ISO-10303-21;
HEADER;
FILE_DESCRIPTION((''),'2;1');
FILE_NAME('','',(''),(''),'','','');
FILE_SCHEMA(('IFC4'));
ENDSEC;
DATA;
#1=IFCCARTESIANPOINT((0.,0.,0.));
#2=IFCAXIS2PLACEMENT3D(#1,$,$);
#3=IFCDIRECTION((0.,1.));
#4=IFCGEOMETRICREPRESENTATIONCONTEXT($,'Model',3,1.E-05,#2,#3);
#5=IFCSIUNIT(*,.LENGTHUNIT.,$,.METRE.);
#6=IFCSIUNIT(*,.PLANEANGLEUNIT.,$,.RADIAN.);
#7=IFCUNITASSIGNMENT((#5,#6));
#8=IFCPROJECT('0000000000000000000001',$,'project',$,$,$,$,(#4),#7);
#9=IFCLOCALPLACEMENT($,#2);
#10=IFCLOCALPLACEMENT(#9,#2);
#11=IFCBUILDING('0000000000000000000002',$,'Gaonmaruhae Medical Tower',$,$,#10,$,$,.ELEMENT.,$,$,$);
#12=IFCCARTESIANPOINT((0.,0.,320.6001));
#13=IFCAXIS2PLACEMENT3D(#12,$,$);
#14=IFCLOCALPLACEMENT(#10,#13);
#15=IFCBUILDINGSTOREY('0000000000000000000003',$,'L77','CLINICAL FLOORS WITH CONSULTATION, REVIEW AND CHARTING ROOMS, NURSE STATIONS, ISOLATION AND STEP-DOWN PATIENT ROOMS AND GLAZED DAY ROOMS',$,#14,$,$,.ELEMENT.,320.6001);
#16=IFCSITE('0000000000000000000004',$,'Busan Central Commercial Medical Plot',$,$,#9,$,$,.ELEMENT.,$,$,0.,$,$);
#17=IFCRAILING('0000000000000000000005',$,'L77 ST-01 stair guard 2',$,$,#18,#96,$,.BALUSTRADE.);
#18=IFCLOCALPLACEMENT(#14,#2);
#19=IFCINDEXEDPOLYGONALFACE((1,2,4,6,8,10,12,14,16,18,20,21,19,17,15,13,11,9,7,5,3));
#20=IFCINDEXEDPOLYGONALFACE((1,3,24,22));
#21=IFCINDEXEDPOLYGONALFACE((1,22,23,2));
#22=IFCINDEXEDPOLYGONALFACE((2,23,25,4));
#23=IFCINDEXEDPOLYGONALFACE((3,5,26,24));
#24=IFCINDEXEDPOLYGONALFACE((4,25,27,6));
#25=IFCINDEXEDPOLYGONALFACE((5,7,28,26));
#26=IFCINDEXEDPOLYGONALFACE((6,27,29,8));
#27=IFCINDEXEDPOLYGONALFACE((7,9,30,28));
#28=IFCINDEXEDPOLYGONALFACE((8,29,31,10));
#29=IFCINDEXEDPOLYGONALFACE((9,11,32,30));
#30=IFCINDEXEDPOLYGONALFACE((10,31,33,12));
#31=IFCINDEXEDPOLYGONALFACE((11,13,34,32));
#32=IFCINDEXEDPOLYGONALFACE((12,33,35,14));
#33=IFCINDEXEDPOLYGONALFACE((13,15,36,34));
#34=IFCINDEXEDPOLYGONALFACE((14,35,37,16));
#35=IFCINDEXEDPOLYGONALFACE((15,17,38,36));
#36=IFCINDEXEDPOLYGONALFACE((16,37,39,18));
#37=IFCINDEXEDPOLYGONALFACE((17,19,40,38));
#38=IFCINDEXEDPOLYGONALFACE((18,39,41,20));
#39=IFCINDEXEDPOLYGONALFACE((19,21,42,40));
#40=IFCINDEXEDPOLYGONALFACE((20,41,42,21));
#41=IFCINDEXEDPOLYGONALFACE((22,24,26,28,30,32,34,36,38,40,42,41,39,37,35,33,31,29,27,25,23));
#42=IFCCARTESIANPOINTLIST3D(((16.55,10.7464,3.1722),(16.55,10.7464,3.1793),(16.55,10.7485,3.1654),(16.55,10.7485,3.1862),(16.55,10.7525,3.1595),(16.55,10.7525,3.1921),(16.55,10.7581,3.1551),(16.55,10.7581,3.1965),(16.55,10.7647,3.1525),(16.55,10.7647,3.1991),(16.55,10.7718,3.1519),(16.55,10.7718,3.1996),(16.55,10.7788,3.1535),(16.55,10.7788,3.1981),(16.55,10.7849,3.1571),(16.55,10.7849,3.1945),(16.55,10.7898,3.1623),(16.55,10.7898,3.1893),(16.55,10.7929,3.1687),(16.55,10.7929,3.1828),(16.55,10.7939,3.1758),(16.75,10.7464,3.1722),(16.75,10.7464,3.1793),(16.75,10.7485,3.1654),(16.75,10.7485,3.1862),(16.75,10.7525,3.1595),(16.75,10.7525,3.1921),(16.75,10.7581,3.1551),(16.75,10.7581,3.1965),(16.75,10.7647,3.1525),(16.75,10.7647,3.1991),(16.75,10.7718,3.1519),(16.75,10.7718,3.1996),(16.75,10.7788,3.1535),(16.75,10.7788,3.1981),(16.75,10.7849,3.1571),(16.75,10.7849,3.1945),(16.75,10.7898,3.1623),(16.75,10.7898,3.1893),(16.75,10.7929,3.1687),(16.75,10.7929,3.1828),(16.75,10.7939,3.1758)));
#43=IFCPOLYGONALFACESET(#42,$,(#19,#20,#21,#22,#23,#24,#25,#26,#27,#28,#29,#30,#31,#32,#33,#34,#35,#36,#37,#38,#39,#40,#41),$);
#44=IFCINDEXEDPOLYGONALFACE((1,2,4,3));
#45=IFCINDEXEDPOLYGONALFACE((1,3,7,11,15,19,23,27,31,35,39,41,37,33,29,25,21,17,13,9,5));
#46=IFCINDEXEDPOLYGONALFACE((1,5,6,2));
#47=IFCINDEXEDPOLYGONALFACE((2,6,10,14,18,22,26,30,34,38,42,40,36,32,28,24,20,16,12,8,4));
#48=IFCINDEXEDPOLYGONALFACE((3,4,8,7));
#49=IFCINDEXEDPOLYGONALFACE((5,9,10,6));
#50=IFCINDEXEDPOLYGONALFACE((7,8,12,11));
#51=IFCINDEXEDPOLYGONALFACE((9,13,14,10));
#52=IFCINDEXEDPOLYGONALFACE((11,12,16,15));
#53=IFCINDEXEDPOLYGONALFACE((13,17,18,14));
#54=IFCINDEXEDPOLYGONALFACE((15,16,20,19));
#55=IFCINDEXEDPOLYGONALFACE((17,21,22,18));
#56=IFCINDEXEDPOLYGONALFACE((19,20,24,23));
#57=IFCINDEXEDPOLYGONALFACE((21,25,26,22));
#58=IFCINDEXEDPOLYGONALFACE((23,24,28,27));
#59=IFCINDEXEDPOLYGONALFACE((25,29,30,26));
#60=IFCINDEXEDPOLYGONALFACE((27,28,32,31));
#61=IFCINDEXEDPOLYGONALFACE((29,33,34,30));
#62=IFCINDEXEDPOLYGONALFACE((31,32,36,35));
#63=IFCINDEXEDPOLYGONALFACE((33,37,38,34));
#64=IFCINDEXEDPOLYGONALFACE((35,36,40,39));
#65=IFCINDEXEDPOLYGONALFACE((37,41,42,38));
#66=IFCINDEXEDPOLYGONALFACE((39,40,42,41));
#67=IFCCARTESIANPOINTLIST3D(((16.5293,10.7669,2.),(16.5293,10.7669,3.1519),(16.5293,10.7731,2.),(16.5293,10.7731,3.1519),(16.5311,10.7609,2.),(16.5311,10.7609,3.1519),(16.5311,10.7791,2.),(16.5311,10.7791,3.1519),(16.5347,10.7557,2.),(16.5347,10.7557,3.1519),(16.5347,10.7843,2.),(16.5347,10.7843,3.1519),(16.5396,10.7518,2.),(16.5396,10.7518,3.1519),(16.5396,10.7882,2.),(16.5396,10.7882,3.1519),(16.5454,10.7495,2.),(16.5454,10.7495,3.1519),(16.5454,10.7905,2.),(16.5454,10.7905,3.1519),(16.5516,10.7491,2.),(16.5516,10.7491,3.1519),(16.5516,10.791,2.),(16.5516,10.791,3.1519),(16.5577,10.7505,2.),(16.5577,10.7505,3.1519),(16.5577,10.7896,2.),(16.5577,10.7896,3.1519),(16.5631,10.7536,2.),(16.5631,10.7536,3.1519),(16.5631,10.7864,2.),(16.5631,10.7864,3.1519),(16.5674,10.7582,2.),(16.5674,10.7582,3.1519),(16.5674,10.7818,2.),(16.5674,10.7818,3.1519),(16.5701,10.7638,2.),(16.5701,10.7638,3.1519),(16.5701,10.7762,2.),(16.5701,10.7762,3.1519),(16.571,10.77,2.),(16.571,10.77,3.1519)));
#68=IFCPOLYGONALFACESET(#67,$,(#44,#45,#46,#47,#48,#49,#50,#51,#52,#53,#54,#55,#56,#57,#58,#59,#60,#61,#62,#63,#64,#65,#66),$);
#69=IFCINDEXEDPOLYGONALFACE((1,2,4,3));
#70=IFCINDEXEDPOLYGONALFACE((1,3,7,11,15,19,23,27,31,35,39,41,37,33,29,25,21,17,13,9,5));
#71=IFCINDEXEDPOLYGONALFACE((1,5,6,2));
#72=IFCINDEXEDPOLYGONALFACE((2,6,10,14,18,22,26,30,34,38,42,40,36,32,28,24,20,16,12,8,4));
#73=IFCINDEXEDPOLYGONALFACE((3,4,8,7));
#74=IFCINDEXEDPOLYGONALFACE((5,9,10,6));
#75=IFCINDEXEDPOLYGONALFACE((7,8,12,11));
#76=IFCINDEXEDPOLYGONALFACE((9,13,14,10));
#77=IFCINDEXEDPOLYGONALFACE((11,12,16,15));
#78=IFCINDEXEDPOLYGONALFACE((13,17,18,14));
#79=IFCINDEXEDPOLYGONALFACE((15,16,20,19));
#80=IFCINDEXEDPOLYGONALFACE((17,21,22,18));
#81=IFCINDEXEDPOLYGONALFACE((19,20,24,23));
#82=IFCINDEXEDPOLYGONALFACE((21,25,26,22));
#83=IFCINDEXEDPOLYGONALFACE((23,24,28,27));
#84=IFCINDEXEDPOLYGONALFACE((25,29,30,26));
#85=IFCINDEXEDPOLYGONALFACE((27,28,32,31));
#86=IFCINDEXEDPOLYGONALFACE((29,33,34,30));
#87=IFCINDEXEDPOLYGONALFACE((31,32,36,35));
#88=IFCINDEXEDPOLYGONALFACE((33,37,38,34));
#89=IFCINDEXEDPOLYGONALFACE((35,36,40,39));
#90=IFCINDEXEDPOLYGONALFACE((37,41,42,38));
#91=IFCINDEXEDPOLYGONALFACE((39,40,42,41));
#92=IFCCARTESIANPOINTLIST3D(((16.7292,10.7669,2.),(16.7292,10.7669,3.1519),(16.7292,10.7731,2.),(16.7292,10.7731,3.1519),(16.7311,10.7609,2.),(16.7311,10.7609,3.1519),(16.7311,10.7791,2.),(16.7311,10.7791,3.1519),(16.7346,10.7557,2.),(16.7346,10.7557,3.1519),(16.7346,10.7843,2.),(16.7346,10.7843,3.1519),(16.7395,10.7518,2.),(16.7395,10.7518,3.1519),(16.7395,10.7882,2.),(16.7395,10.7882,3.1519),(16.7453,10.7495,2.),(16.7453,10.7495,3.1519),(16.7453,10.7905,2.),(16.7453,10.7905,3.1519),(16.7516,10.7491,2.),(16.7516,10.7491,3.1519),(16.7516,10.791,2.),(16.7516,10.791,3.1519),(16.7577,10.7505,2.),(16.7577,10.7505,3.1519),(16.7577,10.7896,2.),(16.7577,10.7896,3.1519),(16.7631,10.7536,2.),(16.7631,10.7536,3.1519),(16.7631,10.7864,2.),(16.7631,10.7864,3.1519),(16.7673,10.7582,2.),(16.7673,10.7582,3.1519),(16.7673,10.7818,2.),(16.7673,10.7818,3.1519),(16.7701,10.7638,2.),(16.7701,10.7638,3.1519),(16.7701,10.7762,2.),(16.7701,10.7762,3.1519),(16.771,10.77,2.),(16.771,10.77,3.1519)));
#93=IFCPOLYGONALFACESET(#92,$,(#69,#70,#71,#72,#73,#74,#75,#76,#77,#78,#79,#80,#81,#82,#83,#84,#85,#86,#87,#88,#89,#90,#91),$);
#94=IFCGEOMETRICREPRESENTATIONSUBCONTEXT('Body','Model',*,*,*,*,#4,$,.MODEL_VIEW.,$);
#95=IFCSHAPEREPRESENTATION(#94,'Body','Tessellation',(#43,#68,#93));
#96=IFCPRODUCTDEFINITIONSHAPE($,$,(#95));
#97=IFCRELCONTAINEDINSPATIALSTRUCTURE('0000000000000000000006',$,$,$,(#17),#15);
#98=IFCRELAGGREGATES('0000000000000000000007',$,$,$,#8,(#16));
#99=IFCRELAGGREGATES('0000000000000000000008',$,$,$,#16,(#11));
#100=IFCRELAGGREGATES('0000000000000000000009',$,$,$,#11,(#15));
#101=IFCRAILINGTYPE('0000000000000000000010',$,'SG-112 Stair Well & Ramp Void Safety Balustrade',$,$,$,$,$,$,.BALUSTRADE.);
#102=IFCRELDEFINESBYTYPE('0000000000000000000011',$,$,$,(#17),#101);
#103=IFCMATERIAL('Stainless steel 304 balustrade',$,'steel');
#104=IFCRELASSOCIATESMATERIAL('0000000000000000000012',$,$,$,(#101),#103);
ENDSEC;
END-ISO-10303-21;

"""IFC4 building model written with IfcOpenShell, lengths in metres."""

from ifc_helpers import new_model, si_unit, direction, frame, origin, origin_2d, place, context, subcontext, project, spatial, circle, extrude, material, type_object, element, save


model = new_model("IFC4")

# Units and contexts
model_context = context("Model", 3, precision=1e-05, world=origin(), true_north=direction((0.0, 1.0)))
body_context = subcontext(model_context, "Body", "Model", "MODEL_VIEW")
ifc_project = project(units=[si_unit("LENGTHUNIT", "METRE"), si_unit("PLANEANGLEUNIT", "RADIAN")], contexts=[model_context])

# Site, building, storey
site_placement = place(None, origin())
site = spatial("IfcSite", under=ifc_project, at=site_placement, Name="Busan Central Commercial Medical Plot", CompositionType="ELEMENT", RefElevation=0.0)
building_placement = place(site_placement, origin())
building = spatial("IfcBuilding", under=site, at=building_placement, Name="Gaonmaruhae Medical Tower", CompositionType="ELEMENT")
storey_placement = place(building_placement, frame((0.0, 0.0, 320.6001)))
storey = spatial("IfcBuildingStorey", under=building, at=storey_placement, Name="L77", Description="CLINICAL FLOORS WITH CONSULTATION, REVIEW AND CHARTING ROOMS, NURSE STATIONS, ISOLATION AND STEP-DOWN PATIENT ROOMS AND GLAZED DAY ROOMS", CompositionType="ELEMENT", Elevation=320.6001)

# Railing
ifc_material_1 = material(Name="Stainless steel 304 balustrade", Category="steel")
railing_type_1 = type_object("IfcRailingType", Name="SG-112 Stair Well & Ramp Void Safety Balustrade", PredefinedType="BALUSTRADE", material=ifc_material_1)
railing_1_placement = place(storey_placement, frame((16.55, 10.77, 2.0)))
element("IfcRailing", 1, at=railing_1_placement, inside=storey, type_object=railing_type_1, Name="L77 ST-01 stair guard 2", PredefinedType="BALUSTRADE", context=body_context, shape_type="SweptSolid", body=[
    extrude(circle(Radius=0.0239, at=origin_2d()), frame((0.0, 0.0, 1.1758), z_axis=(1.0, 0.0, 0.0), x_axis=(0.0, 1.0, 0.0)), (0.0, 0.0, 1.0), 0.2),
    extrude(circle(Radius=0.021, at=origin_2d()), origin(), (0.0, 0.0, 1.0), 1.1519),
    extrude(circle(Radius=0.021, at=origin_2d()), frame((0.2, 0.0, 0.0)), (0.0, 0.0, 1.0), 1.1519),
])

save(model, "model.ifc")
